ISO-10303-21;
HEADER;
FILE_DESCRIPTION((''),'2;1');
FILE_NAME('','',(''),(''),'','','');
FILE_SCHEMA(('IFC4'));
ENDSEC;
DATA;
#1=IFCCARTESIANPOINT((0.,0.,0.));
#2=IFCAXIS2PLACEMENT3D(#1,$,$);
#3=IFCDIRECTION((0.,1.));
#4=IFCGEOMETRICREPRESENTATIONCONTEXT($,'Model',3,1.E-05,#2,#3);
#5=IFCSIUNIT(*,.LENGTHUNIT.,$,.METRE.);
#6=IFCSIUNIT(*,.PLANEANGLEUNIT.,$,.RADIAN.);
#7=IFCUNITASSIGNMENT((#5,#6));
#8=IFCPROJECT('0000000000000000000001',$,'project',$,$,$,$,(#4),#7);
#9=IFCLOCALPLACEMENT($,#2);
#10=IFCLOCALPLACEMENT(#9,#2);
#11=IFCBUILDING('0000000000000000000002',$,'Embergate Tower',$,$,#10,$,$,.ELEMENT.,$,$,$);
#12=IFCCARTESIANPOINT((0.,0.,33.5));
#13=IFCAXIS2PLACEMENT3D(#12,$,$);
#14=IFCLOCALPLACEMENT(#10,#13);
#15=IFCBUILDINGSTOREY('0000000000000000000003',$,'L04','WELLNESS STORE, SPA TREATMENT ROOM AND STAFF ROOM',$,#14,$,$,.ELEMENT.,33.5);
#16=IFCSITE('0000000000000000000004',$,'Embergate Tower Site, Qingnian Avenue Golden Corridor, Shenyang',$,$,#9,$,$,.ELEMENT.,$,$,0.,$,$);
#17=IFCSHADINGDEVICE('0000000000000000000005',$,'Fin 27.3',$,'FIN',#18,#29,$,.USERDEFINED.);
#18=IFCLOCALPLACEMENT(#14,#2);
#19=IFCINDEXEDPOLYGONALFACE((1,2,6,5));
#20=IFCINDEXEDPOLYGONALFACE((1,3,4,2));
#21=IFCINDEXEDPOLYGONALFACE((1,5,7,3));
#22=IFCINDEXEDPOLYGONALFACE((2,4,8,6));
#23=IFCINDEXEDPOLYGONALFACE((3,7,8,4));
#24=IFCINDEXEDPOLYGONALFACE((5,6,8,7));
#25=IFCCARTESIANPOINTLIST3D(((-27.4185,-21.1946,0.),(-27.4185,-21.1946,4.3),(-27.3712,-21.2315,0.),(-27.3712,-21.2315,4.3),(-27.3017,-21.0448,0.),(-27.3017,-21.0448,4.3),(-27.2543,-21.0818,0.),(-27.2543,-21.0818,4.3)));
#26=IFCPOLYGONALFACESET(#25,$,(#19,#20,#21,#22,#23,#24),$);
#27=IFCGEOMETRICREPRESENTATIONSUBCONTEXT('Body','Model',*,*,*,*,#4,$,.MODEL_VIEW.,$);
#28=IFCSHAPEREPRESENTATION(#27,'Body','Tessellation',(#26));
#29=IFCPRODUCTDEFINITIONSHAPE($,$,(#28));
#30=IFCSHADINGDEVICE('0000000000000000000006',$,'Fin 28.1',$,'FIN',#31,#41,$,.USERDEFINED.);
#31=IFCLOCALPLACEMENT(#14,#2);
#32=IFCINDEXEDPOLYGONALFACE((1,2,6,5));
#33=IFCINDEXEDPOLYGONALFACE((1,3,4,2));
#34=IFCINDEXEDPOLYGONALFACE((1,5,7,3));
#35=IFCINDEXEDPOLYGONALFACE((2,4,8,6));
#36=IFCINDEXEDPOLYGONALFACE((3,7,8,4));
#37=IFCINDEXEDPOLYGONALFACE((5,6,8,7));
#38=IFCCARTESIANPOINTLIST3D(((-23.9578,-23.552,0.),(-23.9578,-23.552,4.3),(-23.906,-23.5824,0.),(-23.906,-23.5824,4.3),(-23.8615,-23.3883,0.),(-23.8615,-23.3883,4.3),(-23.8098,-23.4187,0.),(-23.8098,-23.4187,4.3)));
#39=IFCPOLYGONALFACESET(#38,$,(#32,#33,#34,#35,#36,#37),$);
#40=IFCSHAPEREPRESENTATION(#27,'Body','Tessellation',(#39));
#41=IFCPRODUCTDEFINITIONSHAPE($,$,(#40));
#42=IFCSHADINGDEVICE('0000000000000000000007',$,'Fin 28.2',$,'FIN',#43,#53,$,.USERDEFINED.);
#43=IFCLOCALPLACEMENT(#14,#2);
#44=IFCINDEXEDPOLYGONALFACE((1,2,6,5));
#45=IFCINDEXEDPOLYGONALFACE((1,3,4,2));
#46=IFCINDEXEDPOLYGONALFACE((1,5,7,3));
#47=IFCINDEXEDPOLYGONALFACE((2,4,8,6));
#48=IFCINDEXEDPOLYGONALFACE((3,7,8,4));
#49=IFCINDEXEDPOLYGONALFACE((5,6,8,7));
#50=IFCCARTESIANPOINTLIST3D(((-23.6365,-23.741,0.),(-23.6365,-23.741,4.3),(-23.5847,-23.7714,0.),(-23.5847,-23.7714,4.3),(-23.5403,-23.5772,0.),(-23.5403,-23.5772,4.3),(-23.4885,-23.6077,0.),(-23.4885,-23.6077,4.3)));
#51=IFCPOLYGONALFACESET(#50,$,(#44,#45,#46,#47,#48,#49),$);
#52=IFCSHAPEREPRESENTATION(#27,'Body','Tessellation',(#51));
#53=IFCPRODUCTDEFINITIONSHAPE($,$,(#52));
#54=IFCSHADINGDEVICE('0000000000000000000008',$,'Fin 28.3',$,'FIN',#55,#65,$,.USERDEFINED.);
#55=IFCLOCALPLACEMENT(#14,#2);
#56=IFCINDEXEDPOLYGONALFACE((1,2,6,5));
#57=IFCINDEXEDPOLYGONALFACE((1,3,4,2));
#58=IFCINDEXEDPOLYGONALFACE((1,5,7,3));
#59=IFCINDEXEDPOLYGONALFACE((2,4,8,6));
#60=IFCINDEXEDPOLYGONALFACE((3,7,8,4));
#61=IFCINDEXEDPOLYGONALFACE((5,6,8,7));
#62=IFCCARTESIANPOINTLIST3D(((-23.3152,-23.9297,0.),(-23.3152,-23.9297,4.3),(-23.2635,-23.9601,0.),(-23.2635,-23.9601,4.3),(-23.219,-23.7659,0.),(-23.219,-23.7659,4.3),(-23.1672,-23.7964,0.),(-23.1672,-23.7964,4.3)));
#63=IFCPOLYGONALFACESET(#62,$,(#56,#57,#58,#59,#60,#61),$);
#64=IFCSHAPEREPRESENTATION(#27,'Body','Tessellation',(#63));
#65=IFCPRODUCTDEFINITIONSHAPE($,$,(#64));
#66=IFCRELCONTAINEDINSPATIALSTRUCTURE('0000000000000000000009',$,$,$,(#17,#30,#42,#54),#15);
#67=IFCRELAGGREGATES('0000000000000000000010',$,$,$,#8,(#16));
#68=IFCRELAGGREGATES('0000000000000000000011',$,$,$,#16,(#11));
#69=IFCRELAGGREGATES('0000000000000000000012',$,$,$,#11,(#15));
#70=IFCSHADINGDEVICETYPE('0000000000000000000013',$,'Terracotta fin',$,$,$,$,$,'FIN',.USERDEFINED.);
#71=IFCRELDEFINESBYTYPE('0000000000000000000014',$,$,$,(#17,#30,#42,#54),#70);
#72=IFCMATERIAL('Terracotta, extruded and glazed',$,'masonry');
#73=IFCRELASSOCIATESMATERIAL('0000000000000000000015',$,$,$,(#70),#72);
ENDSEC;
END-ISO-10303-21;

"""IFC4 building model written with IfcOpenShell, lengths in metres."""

from ifc_helpers import new_model, si_unit, direction, frame, origin, origin_2d, place, context, subcontext, project, spatial, rectangle, extrude, source, transform, mapped, material, material_profile, profile_set, type_object, element, save


model = new_model("IFC4")

# Units and contexts
model_context = context("Model", 3, precision=1e-05, world=origin(), true_north=direction((0.0, 1.0)))
body_context = subcontext(model_context, "Body", "Model", "MODEL_VIEW")
ifc_project = project(units=[si_unit("LENGTHUNIT", "METRE"), si_unit("PLANEANGLEUNIT", "RADIAN")], contexts=[model_context])

# Site, building, storey
site_placement = place(None, origin())
site = spatial("IfcSite", under=ifc_project, at=site_placement, Name="Embergate Tower Site, Qingnian Avenue Golden Corridor, Shenyang", CompositionType="ELEMENT", RefElevation=0.0)
building_placement = place(site_placement, origin())
building = spatial("IfcBuilding", under=site, at=building_placement, Name="Embergate Tower", CompositionType="ELEMENT")
storey_placement = place(building_placement, frame((0.0, 0.0, 33.5)))
storey = spatial("IfcBuildingStorey", under=building, at=storey_placement, Name="L04", Description="WELLNESS STORE, SPA TREATMENT ROOM AND STAFF ROOM", CompositionType="ELEMENT", Elevation=33.5)

# Shading devices
ifc_material_1 = material(Name="Terracotta, extruded and glazed", Category="masonry")
ifc_material_profile_1 = material_profile(ifc_material_1, rectangle(XDim=0.1899, YDim=0.0601, at=origin_2d()), Name="TC 190x60")
ifc_profile_set_1 = profile_set([ifc_material_profile_1], Name="Terracotta, extruded and glazed")
shading_device_type = type_object("IfcShadingDeviceType", Name="Terracotta fin", ElementType="FIN", PredefinedType="USERDEFINED", material=ifc_profile_set_1)
shared_shape_1 = source(origin(), body_context, "Body", "SweptSolid", [
    extrude(rectangle(XDim=0.1899, YDim=0.0601, at=origin_2d()), origin(), (0.0, 0.0, 1.0), 4.3),
])
for number, where, z_axis, x_axis, name in (
    (1, (-27.3364, -21.1382, 0.0), (0.0, 0.0, 1.0), (0.615263, 0.788322, 0.0), "Fin 27.3"),
    (2, (-23.8838, -23.4854, 0.0), (0.0, 0.0, 1.0), (0.506815, 0.862055, 0.0), "Fin 28.1"),
    (3, (-23.5625, -23.6743, 0.0), (0.0, 0.0, 1.0), (0.506815, 0.862055, 0.0), "Fin 28.2"),
    (4, (-23.2412, -23.863, 0.0), (0.0, 0.0, 1.0), (0.506815, 0.862055, 0.0), "Fin 28.3"),
):
    element("IfcShadingDevice", number, at=place(storey_placement, frame(where, z_axis=z_axis, x_axis=x_axis)), inside=storey, type_object=shading_device_type, Name=name, ObjectType="FIN", PredefinedType="USERDEFINED", context=body_context, shape_type="MappedRepresentation", body=[
        mapped(shared_shape_1, transform((0.0, 0.0, 0.0))),
    ])

save(model, "model.ifc")
